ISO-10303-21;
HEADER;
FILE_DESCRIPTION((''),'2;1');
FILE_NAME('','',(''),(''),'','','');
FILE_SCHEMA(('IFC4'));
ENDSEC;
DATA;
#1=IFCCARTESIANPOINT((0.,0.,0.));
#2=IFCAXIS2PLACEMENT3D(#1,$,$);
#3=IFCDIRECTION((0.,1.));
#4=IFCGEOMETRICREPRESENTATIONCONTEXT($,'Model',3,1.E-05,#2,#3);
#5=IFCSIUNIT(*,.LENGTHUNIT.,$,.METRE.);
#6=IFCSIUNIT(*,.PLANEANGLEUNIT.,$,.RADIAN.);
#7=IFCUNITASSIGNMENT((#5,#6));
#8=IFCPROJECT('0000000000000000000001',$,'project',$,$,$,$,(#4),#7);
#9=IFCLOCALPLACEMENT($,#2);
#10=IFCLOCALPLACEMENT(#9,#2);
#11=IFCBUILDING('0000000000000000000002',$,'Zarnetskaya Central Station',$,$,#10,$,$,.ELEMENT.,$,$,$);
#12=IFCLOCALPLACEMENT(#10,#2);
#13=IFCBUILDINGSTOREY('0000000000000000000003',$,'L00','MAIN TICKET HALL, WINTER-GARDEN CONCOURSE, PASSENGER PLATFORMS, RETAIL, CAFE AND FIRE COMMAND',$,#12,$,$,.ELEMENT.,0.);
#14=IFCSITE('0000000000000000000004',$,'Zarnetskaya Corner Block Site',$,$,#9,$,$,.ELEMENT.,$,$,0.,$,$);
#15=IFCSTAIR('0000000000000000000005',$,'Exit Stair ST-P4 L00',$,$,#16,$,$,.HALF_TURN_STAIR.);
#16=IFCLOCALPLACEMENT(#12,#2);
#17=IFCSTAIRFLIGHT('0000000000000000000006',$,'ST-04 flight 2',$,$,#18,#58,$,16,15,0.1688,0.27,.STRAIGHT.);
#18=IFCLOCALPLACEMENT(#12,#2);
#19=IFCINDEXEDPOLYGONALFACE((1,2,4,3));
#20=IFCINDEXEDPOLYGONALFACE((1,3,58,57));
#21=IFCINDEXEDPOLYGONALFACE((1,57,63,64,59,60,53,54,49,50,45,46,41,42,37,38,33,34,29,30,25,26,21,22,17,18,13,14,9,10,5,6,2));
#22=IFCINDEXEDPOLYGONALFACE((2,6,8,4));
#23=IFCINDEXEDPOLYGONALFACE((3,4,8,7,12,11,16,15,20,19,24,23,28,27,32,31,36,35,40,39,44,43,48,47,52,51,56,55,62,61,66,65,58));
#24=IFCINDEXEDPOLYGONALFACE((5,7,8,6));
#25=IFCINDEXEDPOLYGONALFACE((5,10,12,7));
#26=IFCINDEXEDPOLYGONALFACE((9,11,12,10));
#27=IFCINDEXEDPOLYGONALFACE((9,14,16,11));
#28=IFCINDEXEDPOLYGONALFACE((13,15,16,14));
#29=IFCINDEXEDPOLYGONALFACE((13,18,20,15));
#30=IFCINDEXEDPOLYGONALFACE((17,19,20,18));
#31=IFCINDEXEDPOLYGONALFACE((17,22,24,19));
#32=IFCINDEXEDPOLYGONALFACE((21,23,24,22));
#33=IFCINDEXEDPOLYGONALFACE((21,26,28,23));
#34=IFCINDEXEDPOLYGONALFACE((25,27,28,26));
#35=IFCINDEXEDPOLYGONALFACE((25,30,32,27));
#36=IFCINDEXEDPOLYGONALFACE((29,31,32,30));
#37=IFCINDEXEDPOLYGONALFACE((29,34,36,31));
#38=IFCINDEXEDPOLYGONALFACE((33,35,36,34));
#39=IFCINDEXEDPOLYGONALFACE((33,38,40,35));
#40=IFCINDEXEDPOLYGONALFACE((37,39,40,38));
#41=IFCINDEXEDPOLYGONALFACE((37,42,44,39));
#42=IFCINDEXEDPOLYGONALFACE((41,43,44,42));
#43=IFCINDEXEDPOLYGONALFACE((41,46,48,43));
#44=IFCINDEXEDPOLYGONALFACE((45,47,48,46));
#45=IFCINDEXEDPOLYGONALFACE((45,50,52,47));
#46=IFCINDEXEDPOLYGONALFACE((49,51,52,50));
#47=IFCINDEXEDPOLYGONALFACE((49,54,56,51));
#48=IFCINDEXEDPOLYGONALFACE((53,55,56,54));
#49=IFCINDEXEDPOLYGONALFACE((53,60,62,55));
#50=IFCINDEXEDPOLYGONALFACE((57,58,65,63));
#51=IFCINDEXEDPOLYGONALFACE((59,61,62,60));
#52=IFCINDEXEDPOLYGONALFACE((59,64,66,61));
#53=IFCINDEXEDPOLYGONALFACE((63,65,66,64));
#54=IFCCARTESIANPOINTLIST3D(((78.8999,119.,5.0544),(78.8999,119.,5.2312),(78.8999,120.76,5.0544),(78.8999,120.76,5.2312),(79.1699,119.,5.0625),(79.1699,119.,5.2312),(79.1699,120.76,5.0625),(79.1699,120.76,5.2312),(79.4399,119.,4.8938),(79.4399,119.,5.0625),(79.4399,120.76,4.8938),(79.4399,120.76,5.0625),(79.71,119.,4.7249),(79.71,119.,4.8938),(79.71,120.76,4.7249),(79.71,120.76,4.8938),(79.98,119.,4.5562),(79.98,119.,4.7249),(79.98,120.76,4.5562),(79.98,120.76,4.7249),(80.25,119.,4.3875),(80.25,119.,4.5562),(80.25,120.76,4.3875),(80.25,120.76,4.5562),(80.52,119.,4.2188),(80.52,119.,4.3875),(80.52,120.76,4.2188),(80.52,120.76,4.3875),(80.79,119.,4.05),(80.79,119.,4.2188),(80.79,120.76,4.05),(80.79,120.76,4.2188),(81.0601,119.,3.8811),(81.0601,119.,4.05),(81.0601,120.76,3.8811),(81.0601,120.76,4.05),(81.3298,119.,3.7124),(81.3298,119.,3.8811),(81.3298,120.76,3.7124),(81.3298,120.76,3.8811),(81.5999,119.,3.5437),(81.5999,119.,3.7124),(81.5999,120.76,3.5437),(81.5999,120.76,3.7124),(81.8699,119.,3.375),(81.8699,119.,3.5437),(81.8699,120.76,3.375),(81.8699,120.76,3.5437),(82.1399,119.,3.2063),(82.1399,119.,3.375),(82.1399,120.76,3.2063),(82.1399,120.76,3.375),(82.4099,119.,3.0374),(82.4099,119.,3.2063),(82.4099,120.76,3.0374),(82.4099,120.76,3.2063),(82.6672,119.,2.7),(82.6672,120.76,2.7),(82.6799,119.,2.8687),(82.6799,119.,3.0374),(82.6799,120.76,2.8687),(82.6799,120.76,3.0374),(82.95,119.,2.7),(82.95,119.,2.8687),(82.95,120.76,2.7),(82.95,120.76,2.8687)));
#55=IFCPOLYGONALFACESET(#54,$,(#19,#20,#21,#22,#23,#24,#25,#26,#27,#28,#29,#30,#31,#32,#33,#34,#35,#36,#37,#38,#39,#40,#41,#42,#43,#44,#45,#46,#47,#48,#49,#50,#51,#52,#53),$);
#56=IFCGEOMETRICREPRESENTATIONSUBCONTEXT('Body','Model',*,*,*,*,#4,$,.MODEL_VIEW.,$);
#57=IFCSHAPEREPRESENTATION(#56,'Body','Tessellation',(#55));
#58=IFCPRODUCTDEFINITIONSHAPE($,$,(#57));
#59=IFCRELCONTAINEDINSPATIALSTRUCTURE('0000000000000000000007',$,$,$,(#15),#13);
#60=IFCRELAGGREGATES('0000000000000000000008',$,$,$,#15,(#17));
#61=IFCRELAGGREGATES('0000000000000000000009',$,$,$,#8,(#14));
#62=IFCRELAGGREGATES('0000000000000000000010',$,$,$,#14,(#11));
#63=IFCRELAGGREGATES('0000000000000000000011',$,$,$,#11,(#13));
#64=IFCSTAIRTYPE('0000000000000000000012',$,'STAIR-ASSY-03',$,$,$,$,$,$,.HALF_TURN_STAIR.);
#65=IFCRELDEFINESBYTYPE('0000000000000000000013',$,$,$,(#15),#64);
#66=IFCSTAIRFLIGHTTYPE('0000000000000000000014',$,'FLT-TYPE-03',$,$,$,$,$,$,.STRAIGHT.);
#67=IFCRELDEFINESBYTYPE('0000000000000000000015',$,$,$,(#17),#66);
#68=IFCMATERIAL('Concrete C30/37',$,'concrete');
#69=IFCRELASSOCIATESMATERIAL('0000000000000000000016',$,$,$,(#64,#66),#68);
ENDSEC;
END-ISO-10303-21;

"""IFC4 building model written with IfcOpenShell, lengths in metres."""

from ifc_helpers import new_model, si_unit, direction, frame, origin, place, context, subcontext, project, spatial, polyline, outline, extrude, material, type_object, element, aggregate, save


model = new_model("IFC4")

# Units and contexts
model_context = context("Model", 3, precision=1e-05, world=origin(), true_north=direction((0.0, 1.0)))
body_context = subcontext(model_context, "Body", "Model", "MODEL_VIEW")
ifc_project = project(units=[si_unit("LENGTHUNIT", "METRE"), si_unit("PLANEANGLEUNIT", "RADIAN")], contexts=[model_context])

# Site, building, storey
site_placement = place(None, origin())
site = spatial("IfcSite", under=ifc_project, at=site_placement, Name="Zarnetskaya Corner Block Site", CompositionType="ELEMENT", RefElevation=0.0)
building_placement = place(site_placement, origin())
building = spatial("IfcBuilding", under=site, at=building_placement, Name="Zarnetskaya Central Station", CompositionType="ELEMENT")
storey_placement = place(building_placement, origin())
storey = spatial("IfcBuildingStorey", under=building, at=storey_placement, Name="L00", Description="MAIN TICKET HALL, WINTER-GARDEN CONCOURSE, PASSENGER PLATFORMS, RETAIL, CAFE AND FIRE COMMAND", CompositionType="ELEMENT", Elevation=0.0)

# Stair, stair flight
ifc_material_1 = material(Name="Concrete C30/37", Category="concrete")
stair_type = type_object("IfcStairType", Name="STAIR-ASSY-03", PredefinedType="HALF_TURN_STAIR", material=ifc_material_1)
stair_placement = place(storey_placement, origin())
stair = element("IfcStair", 1, at=stair_placement, inside=storey, type_object=stair_type, Name="Exit Stair ST-P4 L00", PredefinedType="HALF_TURN_STAIR")
stair_flight_type = type_object("IfcStairFlightType", Name="FLT-TYPE-03", PredefinedType="STRAIGHT", material=ifc_material_1)
stair_flight_1_placement = place(storey_placement, frame((82.95, 119.8799, 2.7), z_axis=(0.0, 0.0, 1.0), x_axis=(-1.0, 0.0, 0.0)))
stair_flight_1 = element("IfcStairFlight", 2, at=stair_flight_1_placement, type_object=stair_flight_type, Name="ST-04 flight 2", NumberOfRisers=16, NumberOfTreads=15, PredefinedType="STRAIGHT", RiserHeight=0.1688, TreadLength=0.27, context=body_context, shape_type="SweptSolid", body=[
    extrude(outline(polyline([(0.0, 0.0), (0.0, 0.1687), (0.27, 0.1687), (0.27, 0.3374), (0.54, 0.3374), (0.54, 0.5063), (0.8101, 0.5063), (0.8101, 0.675), (1.0801, 0.675), (1.0801, 0.8438), (1.3501, 0.8438), (1.3501, 1.0125), (1.6201, 1.0125), (1.6201, 1.1812), (1.8899, 1.1812), (1.8899, 1.3501), (2.1599, 1.3501), (2.1599, 1.5188), (2.4299, 1.5188), (2.4299, 1.6875), (2.7, 1.6875), (2.7, 1.8562), (2.97, 1.8562), (2.97, 2.0249), (3.24, 2.0249), (3.24, 2.1938), (3.51, 2.1938), (3.51, 2.3625), (3.78, 2.3625), (3.78, 2.5312), (4.05, 2.5312), (4.05, 2.7), (4.05, 2.3545), (0.2827, 0.0), (0.0, 0.0)])), frame((0.0, 0.8799, 0.0), z_axis=(0.0, -1.0, 0.0), x_axis=(1.0, 0.0, 0.0)), (0.0, 0.0, 1.0), 1.76),
])
aggregate(stair, [stair_flight_1])

save(model, "model.ifc")
